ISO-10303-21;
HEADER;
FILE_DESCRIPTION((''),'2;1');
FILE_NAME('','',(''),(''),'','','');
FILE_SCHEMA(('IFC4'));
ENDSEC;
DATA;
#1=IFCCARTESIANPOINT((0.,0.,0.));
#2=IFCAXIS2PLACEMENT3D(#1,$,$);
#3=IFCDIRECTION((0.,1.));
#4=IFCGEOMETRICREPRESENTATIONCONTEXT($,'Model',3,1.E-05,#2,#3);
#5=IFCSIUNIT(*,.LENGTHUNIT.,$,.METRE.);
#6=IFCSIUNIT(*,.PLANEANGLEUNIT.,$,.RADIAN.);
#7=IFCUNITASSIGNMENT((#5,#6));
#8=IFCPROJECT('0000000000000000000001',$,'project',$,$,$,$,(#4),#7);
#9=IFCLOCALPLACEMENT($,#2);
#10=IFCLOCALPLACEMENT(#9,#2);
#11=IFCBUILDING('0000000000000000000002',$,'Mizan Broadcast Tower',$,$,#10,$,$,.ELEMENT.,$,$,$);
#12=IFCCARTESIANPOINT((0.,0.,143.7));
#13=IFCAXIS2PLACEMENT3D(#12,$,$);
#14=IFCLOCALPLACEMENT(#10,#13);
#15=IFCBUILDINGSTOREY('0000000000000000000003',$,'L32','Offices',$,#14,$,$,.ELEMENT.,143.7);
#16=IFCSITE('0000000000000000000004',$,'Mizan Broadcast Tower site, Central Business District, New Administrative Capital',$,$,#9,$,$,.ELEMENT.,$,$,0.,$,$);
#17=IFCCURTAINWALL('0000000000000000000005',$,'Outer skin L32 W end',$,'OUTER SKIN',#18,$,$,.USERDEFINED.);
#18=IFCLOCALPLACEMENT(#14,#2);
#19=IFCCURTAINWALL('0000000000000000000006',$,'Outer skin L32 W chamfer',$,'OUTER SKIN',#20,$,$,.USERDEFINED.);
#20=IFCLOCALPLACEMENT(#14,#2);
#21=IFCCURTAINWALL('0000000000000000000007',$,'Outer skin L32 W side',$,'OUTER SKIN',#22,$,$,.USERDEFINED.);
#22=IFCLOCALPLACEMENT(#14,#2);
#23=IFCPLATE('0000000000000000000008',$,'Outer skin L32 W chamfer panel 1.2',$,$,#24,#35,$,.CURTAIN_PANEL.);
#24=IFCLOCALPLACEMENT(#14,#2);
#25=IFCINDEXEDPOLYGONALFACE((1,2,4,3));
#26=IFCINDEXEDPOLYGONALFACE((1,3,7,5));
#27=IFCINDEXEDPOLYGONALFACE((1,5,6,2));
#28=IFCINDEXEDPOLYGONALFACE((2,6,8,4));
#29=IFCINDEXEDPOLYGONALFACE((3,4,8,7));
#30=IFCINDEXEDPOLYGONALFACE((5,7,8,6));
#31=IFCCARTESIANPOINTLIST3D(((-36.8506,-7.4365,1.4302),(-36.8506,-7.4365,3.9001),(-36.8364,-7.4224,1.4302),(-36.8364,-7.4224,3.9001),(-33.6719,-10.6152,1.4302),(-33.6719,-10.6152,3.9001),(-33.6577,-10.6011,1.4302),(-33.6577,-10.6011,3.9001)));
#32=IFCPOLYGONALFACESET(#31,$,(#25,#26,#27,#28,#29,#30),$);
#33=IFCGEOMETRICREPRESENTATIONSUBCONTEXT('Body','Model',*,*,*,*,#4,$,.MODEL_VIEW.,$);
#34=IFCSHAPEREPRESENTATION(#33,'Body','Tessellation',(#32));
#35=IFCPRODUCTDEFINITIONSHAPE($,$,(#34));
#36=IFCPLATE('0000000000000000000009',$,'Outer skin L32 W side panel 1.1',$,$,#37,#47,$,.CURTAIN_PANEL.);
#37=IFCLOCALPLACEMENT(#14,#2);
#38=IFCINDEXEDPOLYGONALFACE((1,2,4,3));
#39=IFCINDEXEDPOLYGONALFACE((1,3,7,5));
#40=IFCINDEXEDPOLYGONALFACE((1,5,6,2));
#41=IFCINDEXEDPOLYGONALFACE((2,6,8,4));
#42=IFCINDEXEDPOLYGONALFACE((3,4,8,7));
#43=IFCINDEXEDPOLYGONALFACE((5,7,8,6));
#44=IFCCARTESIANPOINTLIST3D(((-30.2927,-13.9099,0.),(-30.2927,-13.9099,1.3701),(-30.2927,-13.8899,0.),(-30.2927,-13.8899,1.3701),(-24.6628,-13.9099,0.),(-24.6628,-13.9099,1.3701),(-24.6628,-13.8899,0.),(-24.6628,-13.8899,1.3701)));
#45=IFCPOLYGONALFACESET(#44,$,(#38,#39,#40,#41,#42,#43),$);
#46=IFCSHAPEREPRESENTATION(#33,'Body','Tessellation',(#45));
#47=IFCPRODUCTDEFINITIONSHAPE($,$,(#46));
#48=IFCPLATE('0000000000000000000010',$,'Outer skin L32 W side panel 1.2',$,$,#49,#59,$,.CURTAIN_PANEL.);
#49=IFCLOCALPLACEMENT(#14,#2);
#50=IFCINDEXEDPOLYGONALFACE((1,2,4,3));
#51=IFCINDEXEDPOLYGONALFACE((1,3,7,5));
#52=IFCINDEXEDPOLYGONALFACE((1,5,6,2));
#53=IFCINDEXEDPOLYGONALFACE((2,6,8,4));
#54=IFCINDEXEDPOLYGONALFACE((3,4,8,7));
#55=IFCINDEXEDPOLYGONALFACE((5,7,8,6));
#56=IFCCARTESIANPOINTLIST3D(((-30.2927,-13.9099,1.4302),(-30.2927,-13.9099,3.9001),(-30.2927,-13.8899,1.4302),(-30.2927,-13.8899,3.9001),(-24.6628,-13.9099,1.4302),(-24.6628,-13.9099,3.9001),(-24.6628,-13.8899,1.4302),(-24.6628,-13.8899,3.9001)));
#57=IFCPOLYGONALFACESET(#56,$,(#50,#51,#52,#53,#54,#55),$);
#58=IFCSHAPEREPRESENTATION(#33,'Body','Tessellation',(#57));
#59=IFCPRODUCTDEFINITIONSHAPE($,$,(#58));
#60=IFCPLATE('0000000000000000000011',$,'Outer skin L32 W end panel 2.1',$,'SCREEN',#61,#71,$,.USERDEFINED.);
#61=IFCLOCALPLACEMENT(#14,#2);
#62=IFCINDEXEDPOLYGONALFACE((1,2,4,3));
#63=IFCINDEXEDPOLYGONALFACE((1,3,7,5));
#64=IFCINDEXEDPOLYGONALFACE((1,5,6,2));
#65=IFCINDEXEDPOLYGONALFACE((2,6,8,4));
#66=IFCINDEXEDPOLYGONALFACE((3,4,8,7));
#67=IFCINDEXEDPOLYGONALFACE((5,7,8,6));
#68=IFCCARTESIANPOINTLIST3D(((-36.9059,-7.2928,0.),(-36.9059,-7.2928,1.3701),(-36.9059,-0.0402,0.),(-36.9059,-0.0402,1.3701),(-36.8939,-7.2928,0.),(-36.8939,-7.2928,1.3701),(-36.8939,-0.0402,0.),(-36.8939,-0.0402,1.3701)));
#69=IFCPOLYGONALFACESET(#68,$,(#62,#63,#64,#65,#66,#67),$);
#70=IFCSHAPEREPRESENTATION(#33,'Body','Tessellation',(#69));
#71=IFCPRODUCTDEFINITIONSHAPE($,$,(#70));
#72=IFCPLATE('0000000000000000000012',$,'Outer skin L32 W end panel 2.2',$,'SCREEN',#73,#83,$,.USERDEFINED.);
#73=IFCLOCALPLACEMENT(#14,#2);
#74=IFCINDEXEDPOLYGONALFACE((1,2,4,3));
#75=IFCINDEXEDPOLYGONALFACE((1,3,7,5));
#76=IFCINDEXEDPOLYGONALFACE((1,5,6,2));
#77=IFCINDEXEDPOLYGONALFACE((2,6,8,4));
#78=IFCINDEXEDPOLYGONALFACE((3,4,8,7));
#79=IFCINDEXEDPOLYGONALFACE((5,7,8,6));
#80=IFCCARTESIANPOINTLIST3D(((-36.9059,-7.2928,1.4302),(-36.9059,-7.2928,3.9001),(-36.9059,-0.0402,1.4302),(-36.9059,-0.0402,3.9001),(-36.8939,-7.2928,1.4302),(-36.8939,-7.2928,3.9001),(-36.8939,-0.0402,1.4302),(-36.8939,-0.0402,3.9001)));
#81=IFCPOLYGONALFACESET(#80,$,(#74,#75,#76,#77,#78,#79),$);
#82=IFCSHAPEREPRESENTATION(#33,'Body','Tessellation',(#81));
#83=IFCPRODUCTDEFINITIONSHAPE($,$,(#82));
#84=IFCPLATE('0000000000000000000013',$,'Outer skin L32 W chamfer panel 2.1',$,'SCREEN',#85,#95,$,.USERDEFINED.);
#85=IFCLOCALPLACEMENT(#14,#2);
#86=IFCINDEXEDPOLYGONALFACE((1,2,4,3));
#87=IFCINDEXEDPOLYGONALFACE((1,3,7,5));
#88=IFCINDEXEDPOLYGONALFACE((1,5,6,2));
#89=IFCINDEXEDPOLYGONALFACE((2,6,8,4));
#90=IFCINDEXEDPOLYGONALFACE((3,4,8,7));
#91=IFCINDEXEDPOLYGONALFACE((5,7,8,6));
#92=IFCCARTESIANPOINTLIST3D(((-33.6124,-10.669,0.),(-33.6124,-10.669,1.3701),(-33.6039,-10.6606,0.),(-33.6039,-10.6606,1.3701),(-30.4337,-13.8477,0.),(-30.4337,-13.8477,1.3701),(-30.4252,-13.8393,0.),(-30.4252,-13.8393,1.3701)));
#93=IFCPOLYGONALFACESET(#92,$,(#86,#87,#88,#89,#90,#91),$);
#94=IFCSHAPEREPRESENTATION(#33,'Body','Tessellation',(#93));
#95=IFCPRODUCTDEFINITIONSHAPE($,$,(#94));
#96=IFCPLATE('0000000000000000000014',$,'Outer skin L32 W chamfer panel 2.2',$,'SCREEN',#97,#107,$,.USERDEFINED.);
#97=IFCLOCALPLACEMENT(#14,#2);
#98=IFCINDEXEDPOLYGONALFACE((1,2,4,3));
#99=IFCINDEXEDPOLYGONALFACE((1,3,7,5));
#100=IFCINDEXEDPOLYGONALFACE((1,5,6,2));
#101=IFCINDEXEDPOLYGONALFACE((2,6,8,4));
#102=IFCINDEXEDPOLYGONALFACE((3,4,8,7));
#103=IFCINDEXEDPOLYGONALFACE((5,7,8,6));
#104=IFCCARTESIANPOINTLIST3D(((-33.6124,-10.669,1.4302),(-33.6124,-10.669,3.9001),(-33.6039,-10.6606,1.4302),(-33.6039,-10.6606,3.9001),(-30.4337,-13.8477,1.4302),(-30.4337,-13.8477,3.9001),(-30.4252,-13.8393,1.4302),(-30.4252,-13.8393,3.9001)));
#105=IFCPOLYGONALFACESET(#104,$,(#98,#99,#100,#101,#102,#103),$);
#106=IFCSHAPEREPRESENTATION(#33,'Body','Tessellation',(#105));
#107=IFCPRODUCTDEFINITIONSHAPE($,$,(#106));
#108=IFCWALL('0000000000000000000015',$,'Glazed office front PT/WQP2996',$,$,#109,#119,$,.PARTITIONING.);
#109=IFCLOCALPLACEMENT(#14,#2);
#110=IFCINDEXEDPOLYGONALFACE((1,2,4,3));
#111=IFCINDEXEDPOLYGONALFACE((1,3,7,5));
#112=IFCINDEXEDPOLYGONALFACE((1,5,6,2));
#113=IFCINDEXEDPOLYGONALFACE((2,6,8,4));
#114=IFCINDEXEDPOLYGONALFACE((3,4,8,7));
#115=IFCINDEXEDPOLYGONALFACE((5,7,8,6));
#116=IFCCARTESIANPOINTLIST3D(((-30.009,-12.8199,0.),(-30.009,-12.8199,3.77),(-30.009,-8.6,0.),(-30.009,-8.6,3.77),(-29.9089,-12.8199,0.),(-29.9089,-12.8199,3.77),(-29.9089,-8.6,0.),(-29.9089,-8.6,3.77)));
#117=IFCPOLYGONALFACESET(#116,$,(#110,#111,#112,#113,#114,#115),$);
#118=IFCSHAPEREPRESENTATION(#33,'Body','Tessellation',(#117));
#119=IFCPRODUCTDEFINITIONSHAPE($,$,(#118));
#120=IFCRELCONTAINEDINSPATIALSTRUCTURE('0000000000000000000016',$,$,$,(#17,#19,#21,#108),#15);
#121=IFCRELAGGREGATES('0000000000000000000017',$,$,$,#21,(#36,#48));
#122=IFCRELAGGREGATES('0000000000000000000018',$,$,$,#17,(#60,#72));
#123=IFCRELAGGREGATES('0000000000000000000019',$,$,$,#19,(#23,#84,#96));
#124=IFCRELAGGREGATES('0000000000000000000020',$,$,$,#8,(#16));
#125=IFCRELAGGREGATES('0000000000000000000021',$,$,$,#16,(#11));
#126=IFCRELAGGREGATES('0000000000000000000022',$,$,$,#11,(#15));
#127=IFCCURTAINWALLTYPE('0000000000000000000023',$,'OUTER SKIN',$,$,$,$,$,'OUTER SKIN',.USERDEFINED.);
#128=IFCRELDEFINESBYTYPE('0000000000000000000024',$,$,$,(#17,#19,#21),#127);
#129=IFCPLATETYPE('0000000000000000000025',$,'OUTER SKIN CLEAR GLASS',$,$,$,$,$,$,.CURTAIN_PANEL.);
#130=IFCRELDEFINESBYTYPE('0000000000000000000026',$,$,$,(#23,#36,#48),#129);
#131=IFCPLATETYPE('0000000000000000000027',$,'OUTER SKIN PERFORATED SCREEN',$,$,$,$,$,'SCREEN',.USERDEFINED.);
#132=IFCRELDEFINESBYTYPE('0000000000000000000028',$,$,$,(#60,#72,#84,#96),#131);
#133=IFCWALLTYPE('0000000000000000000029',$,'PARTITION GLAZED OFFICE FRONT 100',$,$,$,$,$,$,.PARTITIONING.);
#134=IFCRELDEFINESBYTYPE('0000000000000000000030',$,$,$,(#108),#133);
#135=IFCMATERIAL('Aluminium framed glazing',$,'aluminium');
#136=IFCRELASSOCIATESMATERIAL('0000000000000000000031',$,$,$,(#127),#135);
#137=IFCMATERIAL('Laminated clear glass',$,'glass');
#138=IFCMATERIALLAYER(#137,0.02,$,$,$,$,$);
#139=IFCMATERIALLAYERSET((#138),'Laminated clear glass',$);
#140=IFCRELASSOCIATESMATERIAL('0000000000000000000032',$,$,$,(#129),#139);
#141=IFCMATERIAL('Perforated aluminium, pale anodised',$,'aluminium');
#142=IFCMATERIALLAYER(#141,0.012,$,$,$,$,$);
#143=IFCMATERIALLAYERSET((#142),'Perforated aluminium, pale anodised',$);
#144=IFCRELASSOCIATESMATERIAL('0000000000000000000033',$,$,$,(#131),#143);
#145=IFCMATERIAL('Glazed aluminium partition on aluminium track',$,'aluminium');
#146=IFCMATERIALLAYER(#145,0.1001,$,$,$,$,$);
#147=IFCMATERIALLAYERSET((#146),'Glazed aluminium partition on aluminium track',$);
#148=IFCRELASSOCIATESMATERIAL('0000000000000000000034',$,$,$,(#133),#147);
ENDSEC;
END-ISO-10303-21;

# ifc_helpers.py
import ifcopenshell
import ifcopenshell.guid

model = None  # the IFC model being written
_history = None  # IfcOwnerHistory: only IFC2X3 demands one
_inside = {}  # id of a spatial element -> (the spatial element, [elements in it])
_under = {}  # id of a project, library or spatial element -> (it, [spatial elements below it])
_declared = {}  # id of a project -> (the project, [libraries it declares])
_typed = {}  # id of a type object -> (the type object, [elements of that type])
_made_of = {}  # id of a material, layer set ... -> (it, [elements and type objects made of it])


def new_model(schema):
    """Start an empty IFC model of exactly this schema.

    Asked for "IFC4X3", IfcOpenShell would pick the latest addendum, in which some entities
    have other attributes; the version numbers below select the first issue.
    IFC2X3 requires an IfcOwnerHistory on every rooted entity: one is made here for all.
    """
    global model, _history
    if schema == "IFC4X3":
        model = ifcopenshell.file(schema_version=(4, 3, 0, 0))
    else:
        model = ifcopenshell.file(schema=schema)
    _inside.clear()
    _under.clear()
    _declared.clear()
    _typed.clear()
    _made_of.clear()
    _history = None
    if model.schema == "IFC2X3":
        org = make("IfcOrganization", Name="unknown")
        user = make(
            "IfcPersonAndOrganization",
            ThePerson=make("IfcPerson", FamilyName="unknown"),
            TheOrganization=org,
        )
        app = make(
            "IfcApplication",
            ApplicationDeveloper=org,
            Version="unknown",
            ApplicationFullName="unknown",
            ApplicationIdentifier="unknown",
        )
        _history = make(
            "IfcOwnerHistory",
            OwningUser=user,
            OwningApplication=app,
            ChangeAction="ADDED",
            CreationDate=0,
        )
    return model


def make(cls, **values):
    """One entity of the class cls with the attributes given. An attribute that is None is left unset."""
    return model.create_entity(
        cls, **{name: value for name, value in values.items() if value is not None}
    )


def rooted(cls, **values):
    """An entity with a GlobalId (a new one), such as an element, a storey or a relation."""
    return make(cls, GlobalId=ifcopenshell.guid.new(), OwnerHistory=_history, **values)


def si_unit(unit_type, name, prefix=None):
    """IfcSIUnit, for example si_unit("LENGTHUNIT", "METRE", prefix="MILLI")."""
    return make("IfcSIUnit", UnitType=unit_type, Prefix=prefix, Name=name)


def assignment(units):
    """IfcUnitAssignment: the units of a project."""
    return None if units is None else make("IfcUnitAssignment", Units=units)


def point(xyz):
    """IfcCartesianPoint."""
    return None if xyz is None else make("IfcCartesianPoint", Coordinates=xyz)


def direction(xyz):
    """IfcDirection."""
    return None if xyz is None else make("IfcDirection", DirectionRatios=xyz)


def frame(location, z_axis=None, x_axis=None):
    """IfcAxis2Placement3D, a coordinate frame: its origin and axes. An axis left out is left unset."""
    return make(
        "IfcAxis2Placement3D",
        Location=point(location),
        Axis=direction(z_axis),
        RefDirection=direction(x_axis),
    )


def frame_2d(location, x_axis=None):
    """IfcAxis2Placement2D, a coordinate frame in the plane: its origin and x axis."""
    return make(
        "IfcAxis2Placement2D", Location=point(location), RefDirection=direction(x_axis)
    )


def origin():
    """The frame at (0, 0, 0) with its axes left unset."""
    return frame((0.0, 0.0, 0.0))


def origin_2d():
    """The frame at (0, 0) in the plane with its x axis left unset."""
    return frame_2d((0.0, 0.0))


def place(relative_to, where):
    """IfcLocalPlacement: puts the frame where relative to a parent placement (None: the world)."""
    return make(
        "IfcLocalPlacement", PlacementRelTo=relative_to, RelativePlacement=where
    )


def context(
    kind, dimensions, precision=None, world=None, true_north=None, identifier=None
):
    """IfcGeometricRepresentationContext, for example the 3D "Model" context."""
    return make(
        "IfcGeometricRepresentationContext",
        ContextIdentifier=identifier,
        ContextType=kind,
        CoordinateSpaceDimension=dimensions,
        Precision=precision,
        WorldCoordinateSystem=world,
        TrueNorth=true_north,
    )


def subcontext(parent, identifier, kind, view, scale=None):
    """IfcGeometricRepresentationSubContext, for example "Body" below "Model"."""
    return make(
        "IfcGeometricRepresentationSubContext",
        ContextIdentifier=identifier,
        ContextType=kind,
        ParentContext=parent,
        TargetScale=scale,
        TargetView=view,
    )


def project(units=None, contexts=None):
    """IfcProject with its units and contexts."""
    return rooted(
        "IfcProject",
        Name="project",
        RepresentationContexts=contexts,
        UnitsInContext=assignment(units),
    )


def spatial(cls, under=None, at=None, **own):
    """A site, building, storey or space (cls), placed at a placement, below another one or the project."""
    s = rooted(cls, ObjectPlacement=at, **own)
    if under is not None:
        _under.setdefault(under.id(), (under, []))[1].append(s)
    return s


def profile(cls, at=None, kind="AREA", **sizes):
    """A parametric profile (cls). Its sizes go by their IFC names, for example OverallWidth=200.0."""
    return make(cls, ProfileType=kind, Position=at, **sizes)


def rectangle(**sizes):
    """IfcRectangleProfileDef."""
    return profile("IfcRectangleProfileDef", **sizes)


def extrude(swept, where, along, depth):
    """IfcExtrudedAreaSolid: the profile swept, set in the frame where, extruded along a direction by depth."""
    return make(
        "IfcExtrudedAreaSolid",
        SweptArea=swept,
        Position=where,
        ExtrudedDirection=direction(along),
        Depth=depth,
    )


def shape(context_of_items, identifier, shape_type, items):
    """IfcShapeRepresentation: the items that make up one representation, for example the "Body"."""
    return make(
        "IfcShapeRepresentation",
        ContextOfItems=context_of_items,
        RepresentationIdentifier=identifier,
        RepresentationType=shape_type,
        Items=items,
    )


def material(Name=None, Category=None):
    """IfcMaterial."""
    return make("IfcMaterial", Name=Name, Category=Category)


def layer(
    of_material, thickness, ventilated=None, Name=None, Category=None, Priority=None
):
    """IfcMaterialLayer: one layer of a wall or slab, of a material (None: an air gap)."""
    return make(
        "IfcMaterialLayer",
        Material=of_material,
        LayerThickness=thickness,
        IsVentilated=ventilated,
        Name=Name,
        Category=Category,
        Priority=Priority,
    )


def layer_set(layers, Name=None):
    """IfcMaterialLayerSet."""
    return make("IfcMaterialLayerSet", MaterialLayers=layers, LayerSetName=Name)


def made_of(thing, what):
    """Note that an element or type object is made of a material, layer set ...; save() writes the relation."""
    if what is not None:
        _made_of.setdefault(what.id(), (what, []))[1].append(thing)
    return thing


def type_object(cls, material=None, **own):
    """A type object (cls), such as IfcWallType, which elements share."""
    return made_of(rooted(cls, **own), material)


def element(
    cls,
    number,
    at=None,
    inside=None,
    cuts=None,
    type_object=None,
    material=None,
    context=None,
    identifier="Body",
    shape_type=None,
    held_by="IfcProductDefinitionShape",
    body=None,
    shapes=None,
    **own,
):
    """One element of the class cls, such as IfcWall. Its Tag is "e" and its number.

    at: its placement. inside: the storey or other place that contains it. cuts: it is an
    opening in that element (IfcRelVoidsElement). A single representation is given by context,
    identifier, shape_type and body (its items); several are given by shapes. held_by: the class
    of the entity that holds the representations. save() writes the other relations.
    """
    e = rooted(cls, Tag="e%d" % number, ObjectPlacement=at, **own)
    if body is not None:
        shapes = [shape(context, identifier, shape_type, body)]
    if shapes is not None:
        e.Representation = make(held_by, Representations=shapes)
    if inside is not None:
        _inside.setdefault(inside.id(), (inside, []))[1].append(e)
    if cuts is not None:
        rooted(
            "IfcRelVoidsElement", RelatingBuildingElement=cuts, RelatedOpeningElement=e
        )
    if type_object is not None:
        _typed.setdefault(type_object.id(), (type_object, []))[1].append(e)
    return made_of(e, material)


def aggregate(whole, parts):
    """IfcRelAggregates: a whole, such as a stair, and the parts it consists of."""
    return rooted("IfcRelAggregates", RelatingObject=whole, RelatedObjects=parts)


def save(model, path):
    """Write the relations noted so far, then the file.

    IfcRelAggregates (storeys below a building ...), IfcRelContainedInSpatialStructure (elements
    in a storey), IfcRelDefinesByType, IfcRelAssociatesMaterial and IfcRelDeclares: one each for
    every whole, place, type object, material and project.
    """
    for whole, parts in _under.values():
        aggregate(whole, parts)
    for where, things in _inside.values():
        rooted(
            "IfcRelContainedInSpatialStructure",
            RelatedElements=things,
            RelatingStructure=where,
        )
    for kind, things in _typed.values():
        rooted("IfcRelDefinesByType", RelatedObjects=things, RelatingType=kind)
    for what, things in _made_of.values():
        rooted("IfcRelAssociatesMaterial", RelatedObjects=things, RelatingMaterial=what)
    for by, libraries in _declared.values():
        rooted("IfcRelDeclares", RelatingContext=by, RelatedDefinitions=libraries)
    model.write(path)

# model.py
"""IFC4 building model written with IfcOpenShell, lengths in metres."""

from ifc_helpers import new_model, si_unit, direction, frame, frame_2d, origin, origin_2d, place, context, subcontext, project, spatial, rectangle, extrude, material, layer, layer_set, type_object, element, aggregate, save


model = new_model("IFC4")

# Units and contexts
model_context = context("Model", 3, precision=1e-05, world=origin(), true_north=direction((0.0, 1.0)))
body_context = subcontext(model_context, "Body", "Model", "MODEL_VIEW")
ifc_project = project(units=[si_unit("LENGTHUNIT", "METRE"), si_unit("PLANEANGLEUNIT", "RADIAN")], contexts=[model_context])

# Site, building, storey
site_placement = place(None, origin())
site = spatial("IfcSite", under=ifc_project, at=site_placement, Name="Mizan Broadcast Tower site, Central Business District, New Administrative Capital", CompositionType="ELEMENT", RefElevation=0.0)
building_placement = place(site_placement, origin())
building = spatial("IfcBuilding", under=site, at=building_placement, Name="Mizan Broadcast Tower", CompositionType="ELEMENT")
storey_placement = place(building_placement, frame((0.0, 0.0, 143.7)))
storey = spatial("IfcBuildingStorey", under=building, at=storey_placement, Name="L32", Description="Offices", CompositionType="ELEMENT", Elevation=143.7)

# Curtain wall
ifc_material_1 = material(Name="Aluminium framed glazing", Category="aluminium")
curtain_wall_type_1 = type_object("IfcCurtainWallType", Name="OUTER SKIN", ElementType="OUTER SKIN", PredefinedType="USERDEFINED", material=ifc_material_1)
curtain_wall_1_placement = place(storey_placement, origin())
curtain_wall_1 = element("IfcCurtainWall", 1, at=curtain_wall_1_placement, inside=storey, type_object=curtain_wall_type_1, Name="Outer skin L32 W end", ObjectType="OUTER SKIN", PredefinedType="USERDEFINED")

# Curtain wall
curtain_wall_2_placement = place(storey_placement, origin())
curtain_wall_2 = element("IfcCurtainWall", 2, at=curtain_wall_2_placement, inside=storey, type_object=curtain_wall_type_1, Name="Outer skin L32 W chamfer", ObjectType="OUTER SKIN", PredefinedType="USERDEFINED")

# Curtain wall
curtain_wall_3_placement = place(storey_placement, origin())
curtain_wall_3 = element("IfcCurtainWall", 3, at=curtain_wall_3_placement, inside=storey, type_object=curtain_wall_type_1, Name="Outer skin L32 W side", ObjectType="OUTER SKIN", PredefinedType="USERDEFINED")

# Plates
ifc_material_2 = material(Name="Laminated clear glass", Category="glass")
ifc_layer_1 = layer(ifc_material_2, 0.02)
ifc_layer_set_1 = layer_set([ifc_layer_1], Name="Laminated clear glass")
plate_type_1 = type_object("IfcPlateType", Name="OUTER SKIN CLEAR GLASS", PredefinedType="CURTAIN_PANEL", material=ifc_layer_set_1)
plate_1_placement = place(storey_placement, frame((-35.2542, -9.0188, 1.4302), z_axis=(0.0, 0.0, 1.0), x_axis=(0.707107, -0.707107, 0.0)))
plate_1 = element("IfcPlate", 4, at=plate_1_placement, type_object=plate_type_1, Name="Outer skin L32 W chamfer panel 1.2", PredefinedType="CURTAIN_PANEL", context=body_context, shape_type="SweptSolid", body=[
    extrude(rectangle(XDim=4.4954, YDim=0.02, at=origin_2d()), origin(), (0.0, 0.0, 1.0), 2.47),
])
plate_2_placement = place(storey_placement, frame((-27.4778, -13.8999, 0.0), z_axis=(0.0, 0.0, 1.0), x_axis=(1.0, 0.0, 0.0)))
plate_2 = element("IfcPlate", 5, at=plate_2_placement, type_object=plate_type_1, Name="Outer skin L32 W side panel 1.1", PredefinedType="CURTAIN_PANEL", context=body_context, shape_type="SweptSolid", body=[
    extrude(rectangle(XDim=5.6299, YDim=0.02, at=origin_2d()), origin(), (0.0, 0.0, 1.0), 1.3701),
])
plate_3_placement = place(storey_placement, frame((-27.4778, -13.8999, 1.4302), z_axis=(0.0, 0.0, 1.0), x_axis=(1.0, 0.0, 0.0)))
plate_3 = element("IfcPlate", 6, at=plate_3_placement, type_object=plate_type_1, Name="Outer skin L32 W side panel 1.2", PredefinedType="CURTAIN_PANEL", context=body_context, shape_type="SweptSolid", body=[
    extrude(rectangle(XDim=5.6299, YDim=0.02, at=origin_2d()), origin(), (0.0, 0.0, 1.0), 2.47),
])
aggregate(curtain_wall_3, [plate_2, plate_3])
ifc_material_3 = material(Name="Perforated aluminium, pale anodised", Category="aluminium")
ifc_layer_2 = layer(ifc_material_3, 0.012)
ifc_layer_set_2 = layer_set([ifc_layer_2], Name="Perforated aluminium, pale anodised")
plate_type_2 = type_object("IfcPlateType", Name="OUTER SKIN PERFORATED SCREEN", ElementType="SCREEN", PredefinedType="USERDEFINED", material=ifc_layer_set_2)
plate_4_placement = place(storey_placement, frame((-36.8999, -3.6665, 0.0), z_axis=(0.0, 0.0, 1.0), x_axis=(0.0, -1.0, 0.0)))
plate_4 = element("IfcPlate", 7, at=plate_4_placement, type_object=plate_type_2, Name="Outer skin L32 W end panel 2.1", ObjectType="SCREEN", PredefinedType="USERDEFINED", context=body_context, shape_type="SweptSolid", body=[
    extrude(rectangle(XDim=7.2527, YDim=0.012, at=origin_2d()), origin(), (0.0, 0.0, 1.0), 1.3701),
])
plate_5_placement = place(storey_placement, frame((-36.8999, -3.6665, 1.4302), z_axis=(0.0, 0.0, 1.0), x_axis=(0.0, -1.0, 0.0)))
plate_5 = element("IfcPlate", 8, at=plate_5_placement, type_object=plate_type_2, Name="Outer skin L32 W end panel 2.2", ObjectType="SCREEN", PredefinedType="USERDEFINED", context=body_context, shape_type="SweptSolid", body=[
    extrude(rectangle(XDim=7.2527, YDim=0.012, at=origin_2d()), origin(), (0.0, 0.0, 1.0), 2.47),
])
aggregate(curtain_wall_1, [plate_4, plate_5])
plate_6_placement = place(storey_placement, frame((-32.0188, -12.2542, 0.0), z_axis=(0.0, 0.0, 1.0), x_axis=(0.707107, -0.707107, 0.0)))
plate_6 = element("IfcPlate", 9, at=plate_6_placement, type_object=plate_type_2, Name="Outer skin L32 W chamfer panel 2.1", ObjectType="SCREEN", PredefinedType="USERDEFINED", context=body_context, shape_type="SweptSolid", body=[
    extrude(rectangle(XDim=4.4954, YDim=0.012, at=origin_2d()), origin(), (0.0, 0.0, 1.0), 1.3701),
])
plate_7_placement = place(storey_placement, frame((-32.0188, -12.2542, 1.4302), z_axis=(0.0, 0.0, 1.0), x_axis=(0.707107, -0.707107, 0.0)))
plate_7 = element("IfcPlate", 10, at=plate_7_placement, type_object=plate_type_2, Name="Outer skin L32 W chamfer panel 2.2", ObjectType="SCREEN", PredefinedType="USERDEFINED", context=body_context, shape_type="SweptSolid", body=[
    extrude(rectangle(XDim=4.4954, YDim=0.012, at=origin_2d()), origin(), (0.0, 0.0, 1.0), 2.47),
])
aggregate(curtain_wall_2, [plate_1, plate_6, plate_7])

# Wall
ifc_material_4 = material(Name="Glazed aluminium partition on aluminium track", Category="aluminium")
ifc_layer_3 = layer(ifc_material_4, 0.1001)
ifc_layer_set_3 = layer_set([ifc_layer_3], Name="Glazed aluminium partition on aluminium track")
wall_type = type_object("IfcWallType", Name="PARTITION GLAZED OFFICE FRONT 100", PredefinedType="PARTITIONING", material=ifc_layer_set_3)
wall_placement = place(storey_placement, frame((-29.959, -8.6001, 0.0), z_axis=(0.0, 0.0, 1.0), x_axis=(0.0, -1.0, 0.0)))
element("IfcWall", 11, at=wall_placement, inside=storey, type_object=wall_type, Name="Glazed office front PT/WQP2996", PredefinedType="PARTITIONING", context=body_context, shape_type="SweptSolid", body=[
    extrude(rectangle(XDim=4.22, YDim=0.1001, at=frame_2d((2.1099, 0.0))), origin(), (0.0, 0.0, 1.0), 3.77),
])

save(model, "model.ifc")
